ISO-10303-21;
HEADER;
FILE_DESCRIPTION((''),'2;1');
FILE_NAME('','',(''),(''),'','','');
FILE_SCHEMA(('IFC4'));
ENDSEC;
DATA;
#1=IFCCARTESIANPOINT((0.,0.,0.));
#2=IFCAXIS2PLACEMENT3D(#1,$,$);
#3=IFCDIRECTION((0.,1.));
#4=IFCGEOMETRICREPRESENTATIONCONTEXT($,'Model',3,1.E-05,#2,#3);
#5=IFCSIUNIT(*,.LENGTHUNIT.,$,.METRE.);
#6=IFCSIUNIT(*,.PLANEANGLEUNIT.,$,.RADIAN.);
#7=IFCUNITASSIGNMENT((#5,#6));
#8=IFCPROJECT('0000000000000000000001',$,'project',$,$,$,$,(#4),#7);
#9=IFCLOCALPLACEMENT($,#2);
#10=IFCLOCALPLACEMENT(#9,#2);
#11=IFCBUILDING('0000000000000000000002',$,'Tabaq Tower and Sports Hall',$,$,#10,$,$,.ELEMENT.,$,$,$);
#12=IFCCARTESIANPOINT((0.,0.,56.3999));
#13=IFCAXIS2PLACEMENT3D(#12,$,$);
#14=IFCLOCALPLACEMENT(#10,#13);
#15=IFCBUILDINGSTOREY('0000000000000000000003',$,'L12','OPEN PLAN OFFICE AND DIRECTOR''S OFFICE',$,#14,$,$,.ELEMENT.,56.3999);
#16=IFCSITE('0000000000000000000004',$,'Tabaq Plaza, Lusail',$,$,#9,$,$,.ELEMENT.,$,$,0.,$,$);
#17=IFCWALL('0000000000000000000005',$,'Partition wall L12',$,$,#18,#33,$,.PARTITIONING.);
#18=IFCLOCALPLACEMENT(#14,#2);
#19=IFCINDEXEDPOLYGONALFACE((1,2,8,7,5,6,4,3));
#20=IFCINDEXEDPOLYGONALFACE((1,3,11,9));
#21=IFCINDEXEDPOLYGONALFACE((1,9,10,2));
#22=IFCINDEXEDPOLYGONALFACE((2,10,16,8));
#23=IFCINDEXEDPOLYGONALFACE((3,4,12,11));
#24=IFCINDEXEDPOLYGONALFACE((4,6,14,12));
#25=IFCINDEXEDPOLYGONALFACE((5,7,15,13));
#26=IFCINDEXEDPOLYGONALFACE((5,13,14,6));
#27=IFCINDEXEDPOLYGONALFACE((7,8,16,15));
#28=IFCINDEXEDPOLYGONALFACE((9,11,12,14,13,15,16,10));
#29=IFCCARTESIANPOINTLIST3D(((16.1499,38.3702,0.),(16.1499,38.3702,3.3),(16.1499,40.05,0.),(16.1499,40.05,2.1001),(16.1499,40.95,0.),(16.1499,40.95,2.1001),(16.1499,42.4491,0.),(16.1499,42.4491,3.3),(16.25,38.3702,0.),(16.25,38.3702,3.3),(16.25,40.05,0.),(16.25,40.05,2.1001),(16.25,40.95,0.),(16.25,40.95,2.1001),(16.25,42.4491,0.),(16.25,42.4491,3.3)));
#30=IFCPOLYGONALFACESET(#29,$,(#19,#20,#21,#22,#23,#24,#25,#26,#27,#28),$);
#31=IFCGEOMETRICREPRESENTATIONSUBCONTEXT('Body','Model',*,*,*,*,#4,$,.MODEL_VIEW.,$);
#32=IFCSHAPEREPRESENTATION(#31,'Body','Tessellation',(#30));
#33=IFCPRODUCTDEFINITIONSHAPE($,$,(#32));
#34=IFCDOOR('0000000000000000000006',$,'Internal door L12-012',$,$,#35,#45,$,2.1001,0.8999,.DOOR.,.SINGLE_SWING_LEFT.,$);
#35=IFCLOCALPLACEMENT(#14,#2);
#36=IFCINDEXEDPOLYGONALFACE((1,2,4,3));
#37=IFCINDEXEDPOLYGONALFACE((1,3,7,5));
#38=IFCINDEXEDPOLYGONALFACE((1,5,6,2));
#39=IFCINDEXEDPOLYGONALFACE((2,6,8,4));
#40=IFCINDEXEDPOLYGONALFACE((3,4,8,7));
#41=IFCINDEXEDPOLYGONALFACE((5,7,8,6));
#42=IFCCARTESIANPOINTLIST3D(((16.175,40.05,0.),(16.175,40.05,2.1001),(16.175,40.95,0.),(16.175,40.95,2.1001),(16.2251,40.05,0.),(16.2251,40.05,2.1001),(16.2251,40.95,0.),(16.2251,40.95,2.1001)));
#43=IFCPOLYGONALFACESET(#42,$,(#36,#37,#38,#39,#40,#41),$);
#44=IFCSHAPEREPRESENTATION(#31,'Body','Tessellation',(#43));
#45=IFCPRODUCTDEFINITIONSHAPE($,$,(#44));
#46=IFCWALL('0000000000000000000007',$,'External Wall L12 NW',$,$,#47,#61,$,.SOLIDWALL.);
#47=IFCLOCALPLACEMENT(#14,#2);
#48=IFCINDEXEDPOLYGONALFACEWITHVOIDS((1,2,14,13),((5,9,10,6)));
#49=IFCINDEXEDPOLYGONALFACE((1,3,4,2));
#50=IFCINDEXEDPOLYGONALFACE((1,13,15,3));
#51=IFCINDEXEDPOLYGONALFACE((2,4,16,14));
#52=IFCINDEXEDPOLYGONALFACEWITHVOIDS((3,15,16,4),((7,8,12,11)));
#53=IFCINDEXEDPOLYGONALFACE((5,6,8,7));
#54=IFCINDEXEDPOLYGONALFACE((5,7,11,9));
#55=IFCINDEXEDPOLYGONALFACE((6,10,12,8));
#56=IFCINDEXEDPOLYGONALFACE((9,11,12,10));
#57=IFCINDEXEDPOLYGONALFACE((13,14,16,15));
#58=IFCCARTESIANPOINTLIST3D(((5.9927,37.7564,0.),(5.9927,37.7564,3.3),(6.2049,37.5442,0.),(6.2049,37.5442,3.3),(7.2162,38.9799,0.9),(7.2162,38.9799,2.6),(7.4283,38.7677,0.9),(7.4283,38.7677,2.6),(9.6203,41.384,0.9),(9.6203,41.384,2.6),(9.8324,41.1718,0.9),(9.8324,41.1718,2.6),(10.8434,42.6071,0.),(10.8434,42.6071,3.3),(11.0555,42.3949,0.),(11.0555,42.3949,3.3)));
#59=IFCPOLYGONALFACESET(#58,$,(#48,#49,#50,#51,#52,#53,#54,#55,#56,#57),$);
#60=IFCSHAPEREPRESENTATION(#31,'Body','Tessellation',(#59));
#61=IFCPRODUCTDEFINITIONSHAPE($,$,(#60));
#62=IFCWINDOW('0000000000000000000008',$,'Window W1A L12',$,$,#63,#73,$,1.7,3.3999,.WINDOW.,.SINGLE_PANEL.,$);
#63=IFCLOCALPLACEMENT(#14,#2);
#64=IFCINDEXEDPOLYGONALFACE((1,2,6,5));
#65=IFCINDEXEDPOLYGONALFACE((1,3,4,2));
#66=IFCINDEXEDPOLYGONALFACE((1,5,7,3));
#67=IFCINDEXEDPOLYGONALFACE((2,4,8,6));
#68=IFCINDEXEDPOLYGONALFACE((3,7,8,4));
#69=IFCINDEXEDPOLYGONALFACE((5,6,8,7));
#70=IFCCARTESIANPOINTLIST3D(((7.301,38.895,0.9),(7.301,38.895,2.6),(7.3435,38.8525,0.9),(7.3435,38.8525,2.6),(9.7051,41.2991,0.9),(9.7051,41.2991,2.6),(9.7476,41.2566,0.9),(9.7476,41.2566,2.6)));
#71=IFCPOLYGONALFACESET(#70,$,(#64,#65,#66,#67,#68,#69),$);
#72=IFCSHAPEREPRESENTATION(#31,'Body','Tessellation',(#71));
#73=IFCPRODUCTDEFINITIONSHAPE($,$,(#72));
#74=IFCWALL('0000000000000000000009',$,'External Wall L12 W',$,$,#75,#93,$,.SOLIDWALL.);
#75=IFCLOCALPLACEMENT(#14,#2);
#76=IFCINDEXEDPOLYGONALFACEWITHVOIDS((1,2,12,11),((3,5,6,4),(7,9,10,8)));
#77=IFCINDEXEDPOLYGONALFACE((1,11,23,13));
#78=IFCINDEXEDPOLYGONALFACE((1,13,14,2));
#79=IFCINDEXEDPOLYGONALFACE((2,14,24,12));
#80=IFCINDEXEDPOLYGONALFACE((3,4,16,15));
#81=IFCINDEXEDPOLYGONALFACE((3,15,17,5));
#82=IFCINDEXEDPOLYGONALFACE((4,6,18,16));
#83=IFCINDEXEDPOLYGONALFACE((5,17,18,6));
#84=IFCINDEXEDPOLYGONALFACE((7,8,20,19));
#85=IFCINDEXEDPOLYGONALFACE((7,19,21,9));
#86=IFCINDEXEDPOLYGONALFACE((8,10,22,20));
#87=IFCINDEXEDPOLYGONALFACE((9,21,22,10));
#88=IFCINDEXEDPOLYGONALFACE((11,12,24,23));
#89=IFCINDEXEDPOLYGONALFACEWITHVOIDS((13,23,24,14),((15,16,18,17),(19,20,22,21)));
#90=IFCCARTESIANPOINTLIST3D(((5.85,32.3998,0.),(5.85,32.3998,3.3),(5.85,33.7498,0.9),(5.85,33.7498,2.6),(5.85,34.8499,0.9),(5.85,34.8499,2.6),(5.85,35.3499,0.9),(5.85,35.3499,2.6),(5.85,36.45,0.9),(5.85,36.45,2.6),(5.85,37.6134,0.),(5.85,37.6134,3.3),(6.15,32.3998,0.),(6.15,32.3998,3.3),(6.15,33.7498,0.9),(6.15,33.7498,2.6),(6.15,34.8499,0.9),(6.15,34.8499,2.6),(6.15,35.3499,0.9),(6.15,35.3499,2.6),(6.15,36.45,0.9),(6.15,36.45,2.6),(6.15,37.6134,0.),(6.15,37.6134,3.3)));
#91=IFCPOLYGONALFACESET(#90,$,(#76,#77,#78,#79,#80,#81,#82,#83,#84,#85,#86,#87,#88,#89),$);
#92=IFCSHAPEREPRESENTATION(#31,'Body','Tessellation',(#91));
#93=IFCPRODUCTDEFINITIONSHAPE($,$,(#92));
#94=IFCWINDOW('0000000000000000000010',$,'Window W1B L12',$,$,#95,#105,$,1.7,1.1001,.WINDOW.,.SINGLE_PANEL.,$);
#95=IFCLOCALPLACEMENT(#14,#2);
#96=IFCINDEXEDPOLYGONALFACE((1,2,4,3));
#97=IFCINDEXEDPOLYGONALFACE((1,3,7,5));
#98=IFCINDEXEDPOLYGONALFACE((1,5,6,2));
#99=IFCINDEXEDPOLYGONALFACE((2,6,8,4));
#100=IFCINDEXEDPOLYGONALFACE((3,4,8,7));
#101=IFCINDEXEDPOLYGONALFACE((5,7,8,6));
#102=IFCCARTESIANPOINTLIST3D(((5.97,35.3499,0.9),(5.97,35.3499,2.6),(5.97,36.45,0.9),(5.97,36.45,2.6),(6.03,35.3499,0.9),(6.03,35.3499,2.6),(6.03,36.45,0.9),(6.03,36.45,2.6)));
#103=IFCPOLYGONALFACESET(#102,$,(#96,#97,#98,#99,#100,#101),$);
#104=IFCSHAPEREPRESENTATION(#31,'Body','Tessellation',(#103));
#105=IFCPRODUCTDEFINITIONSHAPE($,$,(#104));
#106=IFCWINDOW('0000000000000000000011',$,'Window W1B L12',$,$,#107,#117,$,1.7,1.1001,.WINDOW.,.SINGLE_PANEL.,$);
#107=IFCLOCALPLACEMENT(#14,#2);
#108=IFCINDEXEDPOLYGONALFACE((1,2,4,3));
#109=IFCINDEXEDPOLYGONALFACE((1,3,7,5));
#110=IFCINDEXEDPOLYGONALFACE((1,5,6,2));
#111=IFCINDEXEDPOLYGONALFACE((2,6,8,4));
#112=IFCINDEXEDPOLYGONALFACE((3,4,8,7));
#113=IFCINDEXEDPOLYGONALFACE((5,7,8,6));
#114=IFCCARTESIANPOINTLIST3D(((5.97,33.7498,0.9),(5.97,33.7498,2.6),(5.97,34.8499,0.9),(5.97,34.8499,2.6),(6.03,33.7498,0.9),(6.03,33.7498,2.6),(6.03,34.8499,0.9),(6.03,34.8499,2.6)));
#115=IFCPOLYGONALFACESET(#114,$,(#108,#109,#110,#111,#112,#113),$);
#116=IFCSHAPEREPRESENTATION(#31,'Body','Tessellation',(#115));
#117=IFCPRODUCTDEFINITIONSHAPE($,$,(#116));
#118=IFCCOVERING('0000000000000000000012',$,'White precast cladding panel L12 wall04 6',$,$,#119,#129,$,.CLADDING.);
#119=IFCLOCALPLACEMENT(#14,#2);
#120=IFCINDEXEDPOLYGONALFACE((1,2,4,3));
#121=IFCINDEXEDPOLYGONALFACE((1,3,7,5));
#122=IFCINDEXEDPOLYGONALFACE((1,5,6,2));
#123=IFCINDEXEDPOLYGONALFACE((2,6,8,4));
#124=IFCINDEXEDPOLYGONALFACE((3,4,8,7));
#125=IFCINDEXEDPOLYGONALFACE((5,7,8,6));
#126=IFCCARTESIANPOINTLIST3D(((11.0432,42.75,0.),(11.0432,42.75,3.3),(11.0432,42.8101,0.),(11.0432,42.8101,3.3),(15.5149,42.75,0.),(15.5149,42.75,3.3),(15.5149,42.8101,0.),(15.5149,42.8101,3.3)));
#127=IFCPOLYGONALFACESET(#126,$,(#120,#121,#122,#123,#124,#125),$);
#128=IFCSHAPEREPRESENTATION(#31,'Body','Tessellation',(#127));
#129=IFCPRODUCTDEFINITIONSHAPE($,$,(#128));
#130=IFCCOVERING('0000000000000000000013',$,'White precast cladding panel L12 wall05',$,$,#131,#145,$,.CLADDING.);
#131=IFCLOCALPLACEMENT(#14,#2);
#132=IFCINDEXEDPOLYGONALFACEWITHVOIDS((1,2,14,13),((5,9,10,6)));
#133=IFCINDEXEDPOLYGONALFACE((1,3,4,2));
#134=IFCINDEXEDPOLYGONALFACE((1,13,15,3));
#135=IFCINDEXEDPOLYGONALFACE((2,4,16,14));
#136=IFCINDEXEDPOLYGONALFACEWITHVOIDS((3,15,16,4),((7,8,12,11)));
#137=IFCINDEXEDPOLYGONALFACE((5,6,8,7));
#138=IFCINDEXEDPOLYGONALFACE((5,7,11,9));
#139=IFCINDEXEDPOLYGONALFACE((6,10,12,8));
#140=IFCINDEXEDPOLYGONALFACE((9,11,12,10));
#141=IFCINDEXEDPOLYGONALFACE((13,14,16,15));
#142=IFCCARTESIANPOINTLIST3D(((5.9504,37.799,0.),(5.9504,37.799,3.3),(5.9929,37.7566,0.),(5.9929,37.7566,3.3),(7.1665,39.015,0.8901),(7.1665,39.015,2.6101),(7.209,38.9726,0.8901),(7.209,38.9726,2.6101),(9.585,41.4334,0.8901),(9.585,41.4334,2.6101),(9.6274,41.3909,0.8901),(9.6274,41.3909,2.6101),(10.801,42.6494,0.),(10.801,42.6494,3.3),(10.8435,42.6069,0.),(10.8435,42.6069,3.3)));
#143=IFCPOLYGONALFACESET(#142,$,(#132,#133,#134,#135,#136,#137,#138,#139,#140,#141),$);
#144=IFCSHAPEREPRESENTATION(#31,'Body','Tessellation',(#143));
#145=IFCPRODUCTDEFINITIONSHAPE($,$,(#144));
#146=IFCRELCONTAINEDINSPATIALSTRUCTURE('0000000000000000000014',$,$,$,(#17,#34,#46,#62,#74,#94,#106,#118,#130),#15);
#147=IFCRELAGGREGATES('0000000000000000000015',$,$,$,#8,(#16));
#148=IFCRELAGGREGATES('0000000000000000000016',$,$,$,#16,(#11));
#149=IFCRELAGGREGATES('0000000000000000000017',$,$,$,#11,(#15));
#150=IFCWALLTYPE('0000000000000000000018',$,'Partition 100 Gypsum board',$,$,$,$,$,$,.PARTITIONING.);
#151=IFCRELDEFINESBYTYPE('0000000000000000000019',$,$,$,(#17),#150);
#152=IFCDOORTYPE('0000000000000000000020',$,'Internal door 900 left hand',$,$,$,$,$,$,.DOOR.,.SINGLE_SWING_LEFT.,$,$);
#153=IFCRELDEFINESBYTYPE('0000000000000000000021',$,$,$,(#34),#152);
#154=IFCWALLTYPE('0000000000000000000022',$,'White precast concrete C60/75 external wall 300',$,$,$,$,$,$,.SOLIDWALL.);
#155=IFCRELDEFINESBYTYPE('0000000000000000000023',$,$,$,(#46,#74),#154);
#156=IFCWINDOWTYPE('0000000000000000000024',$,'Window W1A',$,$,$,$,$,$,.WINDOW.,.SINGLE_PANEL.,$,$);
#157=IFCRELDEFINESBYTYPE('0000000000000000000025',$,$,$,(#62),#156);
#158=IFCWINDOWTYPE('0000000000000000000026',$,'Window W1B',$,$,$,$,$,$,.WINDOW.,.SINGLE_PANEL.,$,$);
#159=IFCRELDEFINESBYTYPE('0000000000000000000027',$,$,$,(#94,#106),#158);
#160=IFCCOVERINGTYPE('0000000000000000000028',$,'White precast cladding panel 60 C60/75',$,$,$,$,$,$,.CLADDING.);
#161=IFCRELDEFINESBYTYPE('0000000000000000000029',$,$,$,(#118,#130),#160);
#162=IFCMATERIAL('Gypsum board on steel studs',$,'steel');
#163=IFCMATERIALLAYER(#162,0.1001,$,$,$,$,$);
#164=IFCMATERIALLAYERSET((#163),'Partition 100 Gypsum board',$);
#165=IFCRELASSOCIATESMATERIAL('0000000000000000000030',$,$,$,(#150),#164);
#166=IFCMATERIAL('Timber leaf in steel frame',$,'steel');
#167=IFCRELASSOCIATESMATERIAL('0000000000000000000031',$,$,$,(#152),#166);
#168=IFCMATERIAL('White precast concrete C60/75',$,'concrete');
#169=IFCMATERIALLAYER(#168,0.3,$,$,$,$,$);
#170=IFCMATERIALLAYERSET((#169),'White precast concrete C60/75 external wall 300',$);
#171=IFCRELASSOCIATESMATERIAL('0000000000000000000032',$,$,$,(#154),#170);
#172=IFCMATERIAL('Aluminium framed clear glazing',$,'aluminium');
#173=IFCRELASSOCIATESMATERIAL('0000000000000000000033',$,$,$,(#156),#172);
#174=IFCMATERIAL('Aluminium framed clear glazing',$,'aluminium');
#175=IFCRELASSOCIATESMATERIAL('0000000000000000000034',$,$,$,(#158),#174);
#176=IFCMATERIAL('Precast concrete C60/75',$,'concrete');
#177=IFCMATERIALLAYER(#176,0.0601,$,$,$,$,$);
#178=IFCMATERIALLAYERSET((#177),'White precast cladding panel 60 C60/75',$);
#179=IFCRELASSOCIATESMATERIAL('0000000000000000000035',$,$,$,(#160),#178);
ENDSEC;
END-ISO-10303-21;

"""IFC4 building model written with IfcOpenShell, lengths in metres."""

from ifc_helpers import new_model, si_unit, direction, frame, frame_2d, origin, place, context, subcontext, project, spatial, polyline, rectangle, outline, extrude, material, layer, layer_set, type_object, element, fill, save


model = new_model("IFC4")

# Units and contexts
model_context = context("Model", 3, precision=1e-05, world=origin(), true_north=direction((0.0, 1.0)))
body_context = subcontext(model_context, "Body", "Model", "MODEL_VIEW")
ifc_project = project(units=[si_unit("LENGTHUNIT", "METRE"), si_unit("PLANEANGLEUNIT", "RADIAN")], contexts=[model_context])

# Site, building, storey
site_placement = place(None, origin())
site = spatial("IfcSite", under=ifc_project, at=site_placement, Name="Tabaq Plaza, Lusail", CompositionType="ELEMENT", RefElevation=0.0)
building_placement = place(site_placement, origin())
building = spatial("IfcBuilding", under=site, at=building_placement, Name="Tabaq Tower and Sports Hall", CompositionType="ELEMENT")
storey_placement = place(building_placement, frame((0.0, 0.0, 56.3999)))
storey = spatial("IfcBuildingStorey", under=building, at=storey_placement, Name="L12", Description="OPEN PLAN OFFICE AND DIRECTOR'S OFFICE", CompositionType="ELEMENT", Elevation=56.3999)

# Shared definitions
ifc_material_1 = material(Name="Gypsum board on steel studs", Category="steel")
ifc_layer_1 = layer(ifc_material_1, 0.1001)
ifc_layer_set_1 = layer_set([ifc_layer_1], Name="Partition 100 Gypsum board")
wall_type_1 = type_object("IfcWallType", Name="Partition 100 Gypsum board", PredefinedType="PARTITIONING", material=ifc_layer_set_1)

# Wall, opening, door
ifc_material_2 = material(Name="Timber leaf in steel frame", Category="steel")
door_type_1 = type_object("IfcDoorType", Name="Internal door 900 left hand", OperationType="SINGLE_SWING_LEFT", PredefinedType="DOOR", material=ifc_material_2)
wall_1_placement = place(storey_placement, frame((16.2, 38.3701, 0.0), z_axis=(0.0, 0.0, 1.0), x_axis=(0.0, 1.0, 0.0)))
wall_1 = element("IfcWall", 1, at=wall_1_placement, inside=storey, type_object=wall_type_1, Name="Partition wall L12", PredefinedType="PARTITIONING", context=body_context, shape_type="SweptSolid", body=[
    extrude(rectangle(XDim=4.0789, YDim=0.1001, at=frame_2d((2.0396, 0.0))), origin(), (0.0, 0.0, 1.0), 3.3),
])
opening_1_placement = place(wall_1_placement, frame((1.6799, 0.0, 0.0)))
opening_1 = element("IfcOpeningElement", 2, at=opening_1_placement, cuts=wall_1, PredefinedType="OPENING", context=body_context, shape_type="SweptSolid", body=[
    extrude(rectangle(XDim=0.8999, YDim=2.1001, at=frame_2d((0.45, 1.05))), frame((0.0, 0.05, 0.0), z_axis=(0.0, -1.0, 0.0), x_axis=(1.0, 0.0, 0.0)), (0.0, 0.0, 1.0), 0.1001),
])
door_1_placement = place(opening_1_placement, origin())
door_1 = element("IfcDoor", 3, at=door_1_placement, inside=storey, type_object=door_type_1, Name="Internal door L12-012", OperationType="SINGLE_SWING_LEFT", OverallHeight=2.1001, OverallWidth=0.8999, PredefinedType="DOOR", context=body_context, shape_type="SweptSolid", body=[
    extrude(rectangle(XDim=0.8999, YDim=2.1001, at=frame_2d((0.45, 1.05))), frame((0.0, 0.0249, 0.0), z_axis=(0.0, -1.0, 0.0), x_axis=(1.0, 0.0, 0.0)), (0.0, 0.0, 1.0), 0.05),
])
fill(opening_1, door_1)

# Wall, opening, window
ifc_material_3 = material(Name="White precast concrete C60/75", Category="concrete")
ifc_layer_2 = layer(ifc_material_3, 0.3)
ifc_layer_set_2 = layer_set([ifc_layer_2], Name="White precast concrete C60/75 external wall 300")
wall_type_2 = type_object("IfcWallType", Name="White precast concrete C60/75 external wall 300", PredefinedType="SOLIDWALL", material=ifc_layer_set_2)
wall_2_placement = place(storey_placement, frame((10.9495, 42.501, 0.0), z_axis=(0.0, 0.0, 1.0), x_axis=(-0.707107, -0.707107, 0.0)))
wall_2 = element("IfcWall", 4, at=wall_2_placement, inside=storey, type_object=wall_type_2, Name="External Wall L12 NW", PredefinedType="SOLIDWALL", context=body_context, shape_type="SweptSolid", body=[
    extrude(rectangle(XDim=6.8599, YDim=0.3, at=frame_2d((3.4299, 0.0))), origin(), (0.0, 0.0, 1.0), 3.3),
])
opening_2_placement = place(wall_2_placement, frame((1.7297, 0.0, 0.8999)))
opening_2 = element("IfcOpeningElement", 5, at=opening_2_placement, cuts=wall_2, PredefinedType="OPENING", context=body_context, shape_type="SweptSolid", body=[
    extrude(rectangle(XDim=3.3999, YDim=1.7, at=frame_2d((1.7, 0.8501))), frame((0.0, 0.1602, 0.0), z_axis=(0.0, -1.0, 0.0), x_axis=(1.0, 0.0, 0.0)), (0.0, 0.0, 1.0), 0.3201),
])
ifc_material_4 = material(Name="Aluminium framed clear glazing", Category="aluminium")
window_type_1 = type_object("IfcWindowType", Name="Window W1A", PartitioningType="SINGLE_PANEL", PredefinedType="WINDOW", material=ifc_material_4)
window_1_placement = place(opening_2_placement, origin())
window_1 = element("IfcWindow", 6, at=window_1_placement, inside=storey, type_object=window_type_1, Name="Window W1A L12", OverallHeight=1.7, OverallWidth=3.3999, PartitioningType="SINGLE_PANEL", PredefinedType="WINDOW", context=body_context, shape_type="SweptSolid", body=[
    extrude(rectangle(XDim=3.3999, YDim=1.7, at=frame_2d((1.7, 0.8501))), frame((0.0, 0.03, 0.0), z_axis=(0.0, -1.0, 0.0), x_axis=(1.0, 0.0, 0.0)), (0.0, 0.0, 1.0), 0.0601),
])
fill(opening_2, window_1)

# Wall, openings, windows
wall_3_placement = place(storey_placement, frame((6.0, 37.6135, 0.0), z_axis=(0.0, 0.0, 1.0), x_axis=(0.0, -1.0, 0.0)))
wall_3 = element("IfcWall", 7, at=wall_3_placement, inside=storey, type_object=wall_type_2, Name="External Wall L12 W", PredefinedType="SOLIDWALL", context=body_context, shape_type="SweptSolid", body=[
    extrude(rectangle(XDim=5.2136, YDim=0.3, at=frame_2d((2.6069, 0.0))), origin(), (0.0, 0.0, 1.0), 3.3),
])
opening_3_placement = place(wall_3_placement, frame((1.1636, 0.0, 0.8999)))
opening_3 = element("IfcOpeningElement", 8, at=opening_3_placement, cuts=wall_3, PredefinedType="OPENING", context=body_context, shape_type="SweptSolid", body=[
    extrude(rectangle(XDim=1.1001, YDim=1.7, at=frame_2d((0.55, 0.8501))), frame((0.0, 0.1602, 0.0), z_axis=(0.0, -1.0, 0.0), x_axis=(1.0, 0.0, 0.0)), (0.0, 0.0, 1.0), 0.3201),
])
opening_4_placement = place(wall_3_placement, frame((2.7637, 0.0, 0.8999)))
opening_4 = element("IfcOpeningElement", 9, at=opening_4_placement, cuts=wall_3, PredefinedType="OPENING", context=body_context, shape_type="SweptSolid", body=[
    extrude(rectangle(XDim=1.1001, YDim=1.7, at=frame_2d((0.55, 0.8501))), frame((0.0, 0.1602, 0.0), z_axis=(0.0, -1.0, 0.0), x_axis=(1.0, 0.0, 0.0)), (0.0, 0.0, 1.0), 0.3201),
])
ifc_material_5 = material(Name="Aluminium framed clear glazing", Category="aluminium")
window_type_2 = type_object("IfcWindowType", Name="Window W1B", PartitioningType="SINGLE_PANEL", PredefinedType="WINDOW", material=ifc_material_5)
window_2_placement = place(opening_3_placement, origin())
window_2 = element("IfcWindow", 10, at=window_2_placement, inside=storey, type_object=window_type_2, Name="Window W1B L12", OverallHeight=1.7, OverallWidth=1.1001, PartitioningType="SINGLE_PANEL", PredefinedType="WINDOW", context=body_context, shape_type="SweptSolid", body=[
    extrude(rectangle(XDim=1.1001, YDim=1.7, at=frame_2d((0.55, 0.8501))), frame((0.0, 0.03, 0.0), z_axis=(0.0, -1.0, 0.0), x_axis=(1.0, 0.0, 0.0)), (0.0, 0.0, 1.0), 0.0601),
])
fill(opening_3, window_2)
window_3_placement = place(opening_4_placement, origin())
window_3 = element("IfcWindow", 11, at=window_3_placement, inside=storey, type_object=window_type_2, Name="Window W1B L12", OverallHeight=1.7, OverallWidth=1.1001, PartitioningType="SINGLE_PANEL", PredefinedType="WINDOW", context=body_context, shape_type="SweptSolid", body=[
    extrude(rectangle(XDim=1.1001, YDim=1.7, at=frame_2d((0.55, 0.8501))), frame((0.0, 0.03, 0.0), z_axis=(0.0, -1.0, 0.0), x_axis=(1.0, 0.0, 0.0)), (0.0, 0.0, 1.0), 0.0601),
])
fill(opening_4, window_3)

# Coverings
ifc_material_6 = material(Name="Precast concrete C60/75", Category="concrete")
ifc_layer_3 = layer(ifc_material_6, 0.0601)
ifc_layer_set_3 = layer_set([ifc_layer_3], Name="White precast cladding panel 60 C60/75")
covering_type = type_object("IfcCoveringType", Name="White precast cladding panel 60 C60/75", PredefinedType="CLADDING", material=ifc_layer_set_3)
covering_1_placement = place(storey_placement, frame((15.5149, 42.78, 0.0), z_axis=(0.0, 0.0, 1.0), x_axis=(-1.0, 0.0, 0.0)))
element("IfcCovering", 12, at=covering_1_placement, inside=storey, type_object=covering_type, Name="White precast cladding panel L12 wall04 6", PredefinedType="CLADDING", context=body_context, shape_type="SweptSolid", body=[
    extrude(rectangle(XDim=4.4717, YDim=0.0601, at=frame_2d((2.2358, 0.0))), origin(), (0.0, 0.0, 1.0), 3.3),
])
covering_2_placement = place(storey_placement, frame((10.8223, 42.6282, 0.0), z_axis=(0.0, 0.0, 1.0), x_axis=(-0.707125, -0.707089, 0.0)))
element("IfcCovering", 13, at=covering_2_placement, inside=storey, type_object=covering_type, Name="White precast cladding panel L12 wall05", PredefinedType="CLADDING", context=body_context, shape_type="SweptSolid", body=[
    extrude(outline(polyline([(0.0, 0.0), (6.8596, 0.0), (6.8596, 3.3), (0.0, 3.3), (0.0, 0.0)]), holes=[polyline([(1.7197, 0.8901), (1.7197, 2.6101), (5.1399, 2.6101), (5.1399, 0.8901), (1.7197, 0.8901)])]), frame((0.0, 0.03, 0.0), z_axis=(0.0, -1.0, 0.0), x_axis=(1.0, 0.0, 0.0)), (0.0, 0.0, 1.0), 0.0601),
])

save(model, "model.ifc")
